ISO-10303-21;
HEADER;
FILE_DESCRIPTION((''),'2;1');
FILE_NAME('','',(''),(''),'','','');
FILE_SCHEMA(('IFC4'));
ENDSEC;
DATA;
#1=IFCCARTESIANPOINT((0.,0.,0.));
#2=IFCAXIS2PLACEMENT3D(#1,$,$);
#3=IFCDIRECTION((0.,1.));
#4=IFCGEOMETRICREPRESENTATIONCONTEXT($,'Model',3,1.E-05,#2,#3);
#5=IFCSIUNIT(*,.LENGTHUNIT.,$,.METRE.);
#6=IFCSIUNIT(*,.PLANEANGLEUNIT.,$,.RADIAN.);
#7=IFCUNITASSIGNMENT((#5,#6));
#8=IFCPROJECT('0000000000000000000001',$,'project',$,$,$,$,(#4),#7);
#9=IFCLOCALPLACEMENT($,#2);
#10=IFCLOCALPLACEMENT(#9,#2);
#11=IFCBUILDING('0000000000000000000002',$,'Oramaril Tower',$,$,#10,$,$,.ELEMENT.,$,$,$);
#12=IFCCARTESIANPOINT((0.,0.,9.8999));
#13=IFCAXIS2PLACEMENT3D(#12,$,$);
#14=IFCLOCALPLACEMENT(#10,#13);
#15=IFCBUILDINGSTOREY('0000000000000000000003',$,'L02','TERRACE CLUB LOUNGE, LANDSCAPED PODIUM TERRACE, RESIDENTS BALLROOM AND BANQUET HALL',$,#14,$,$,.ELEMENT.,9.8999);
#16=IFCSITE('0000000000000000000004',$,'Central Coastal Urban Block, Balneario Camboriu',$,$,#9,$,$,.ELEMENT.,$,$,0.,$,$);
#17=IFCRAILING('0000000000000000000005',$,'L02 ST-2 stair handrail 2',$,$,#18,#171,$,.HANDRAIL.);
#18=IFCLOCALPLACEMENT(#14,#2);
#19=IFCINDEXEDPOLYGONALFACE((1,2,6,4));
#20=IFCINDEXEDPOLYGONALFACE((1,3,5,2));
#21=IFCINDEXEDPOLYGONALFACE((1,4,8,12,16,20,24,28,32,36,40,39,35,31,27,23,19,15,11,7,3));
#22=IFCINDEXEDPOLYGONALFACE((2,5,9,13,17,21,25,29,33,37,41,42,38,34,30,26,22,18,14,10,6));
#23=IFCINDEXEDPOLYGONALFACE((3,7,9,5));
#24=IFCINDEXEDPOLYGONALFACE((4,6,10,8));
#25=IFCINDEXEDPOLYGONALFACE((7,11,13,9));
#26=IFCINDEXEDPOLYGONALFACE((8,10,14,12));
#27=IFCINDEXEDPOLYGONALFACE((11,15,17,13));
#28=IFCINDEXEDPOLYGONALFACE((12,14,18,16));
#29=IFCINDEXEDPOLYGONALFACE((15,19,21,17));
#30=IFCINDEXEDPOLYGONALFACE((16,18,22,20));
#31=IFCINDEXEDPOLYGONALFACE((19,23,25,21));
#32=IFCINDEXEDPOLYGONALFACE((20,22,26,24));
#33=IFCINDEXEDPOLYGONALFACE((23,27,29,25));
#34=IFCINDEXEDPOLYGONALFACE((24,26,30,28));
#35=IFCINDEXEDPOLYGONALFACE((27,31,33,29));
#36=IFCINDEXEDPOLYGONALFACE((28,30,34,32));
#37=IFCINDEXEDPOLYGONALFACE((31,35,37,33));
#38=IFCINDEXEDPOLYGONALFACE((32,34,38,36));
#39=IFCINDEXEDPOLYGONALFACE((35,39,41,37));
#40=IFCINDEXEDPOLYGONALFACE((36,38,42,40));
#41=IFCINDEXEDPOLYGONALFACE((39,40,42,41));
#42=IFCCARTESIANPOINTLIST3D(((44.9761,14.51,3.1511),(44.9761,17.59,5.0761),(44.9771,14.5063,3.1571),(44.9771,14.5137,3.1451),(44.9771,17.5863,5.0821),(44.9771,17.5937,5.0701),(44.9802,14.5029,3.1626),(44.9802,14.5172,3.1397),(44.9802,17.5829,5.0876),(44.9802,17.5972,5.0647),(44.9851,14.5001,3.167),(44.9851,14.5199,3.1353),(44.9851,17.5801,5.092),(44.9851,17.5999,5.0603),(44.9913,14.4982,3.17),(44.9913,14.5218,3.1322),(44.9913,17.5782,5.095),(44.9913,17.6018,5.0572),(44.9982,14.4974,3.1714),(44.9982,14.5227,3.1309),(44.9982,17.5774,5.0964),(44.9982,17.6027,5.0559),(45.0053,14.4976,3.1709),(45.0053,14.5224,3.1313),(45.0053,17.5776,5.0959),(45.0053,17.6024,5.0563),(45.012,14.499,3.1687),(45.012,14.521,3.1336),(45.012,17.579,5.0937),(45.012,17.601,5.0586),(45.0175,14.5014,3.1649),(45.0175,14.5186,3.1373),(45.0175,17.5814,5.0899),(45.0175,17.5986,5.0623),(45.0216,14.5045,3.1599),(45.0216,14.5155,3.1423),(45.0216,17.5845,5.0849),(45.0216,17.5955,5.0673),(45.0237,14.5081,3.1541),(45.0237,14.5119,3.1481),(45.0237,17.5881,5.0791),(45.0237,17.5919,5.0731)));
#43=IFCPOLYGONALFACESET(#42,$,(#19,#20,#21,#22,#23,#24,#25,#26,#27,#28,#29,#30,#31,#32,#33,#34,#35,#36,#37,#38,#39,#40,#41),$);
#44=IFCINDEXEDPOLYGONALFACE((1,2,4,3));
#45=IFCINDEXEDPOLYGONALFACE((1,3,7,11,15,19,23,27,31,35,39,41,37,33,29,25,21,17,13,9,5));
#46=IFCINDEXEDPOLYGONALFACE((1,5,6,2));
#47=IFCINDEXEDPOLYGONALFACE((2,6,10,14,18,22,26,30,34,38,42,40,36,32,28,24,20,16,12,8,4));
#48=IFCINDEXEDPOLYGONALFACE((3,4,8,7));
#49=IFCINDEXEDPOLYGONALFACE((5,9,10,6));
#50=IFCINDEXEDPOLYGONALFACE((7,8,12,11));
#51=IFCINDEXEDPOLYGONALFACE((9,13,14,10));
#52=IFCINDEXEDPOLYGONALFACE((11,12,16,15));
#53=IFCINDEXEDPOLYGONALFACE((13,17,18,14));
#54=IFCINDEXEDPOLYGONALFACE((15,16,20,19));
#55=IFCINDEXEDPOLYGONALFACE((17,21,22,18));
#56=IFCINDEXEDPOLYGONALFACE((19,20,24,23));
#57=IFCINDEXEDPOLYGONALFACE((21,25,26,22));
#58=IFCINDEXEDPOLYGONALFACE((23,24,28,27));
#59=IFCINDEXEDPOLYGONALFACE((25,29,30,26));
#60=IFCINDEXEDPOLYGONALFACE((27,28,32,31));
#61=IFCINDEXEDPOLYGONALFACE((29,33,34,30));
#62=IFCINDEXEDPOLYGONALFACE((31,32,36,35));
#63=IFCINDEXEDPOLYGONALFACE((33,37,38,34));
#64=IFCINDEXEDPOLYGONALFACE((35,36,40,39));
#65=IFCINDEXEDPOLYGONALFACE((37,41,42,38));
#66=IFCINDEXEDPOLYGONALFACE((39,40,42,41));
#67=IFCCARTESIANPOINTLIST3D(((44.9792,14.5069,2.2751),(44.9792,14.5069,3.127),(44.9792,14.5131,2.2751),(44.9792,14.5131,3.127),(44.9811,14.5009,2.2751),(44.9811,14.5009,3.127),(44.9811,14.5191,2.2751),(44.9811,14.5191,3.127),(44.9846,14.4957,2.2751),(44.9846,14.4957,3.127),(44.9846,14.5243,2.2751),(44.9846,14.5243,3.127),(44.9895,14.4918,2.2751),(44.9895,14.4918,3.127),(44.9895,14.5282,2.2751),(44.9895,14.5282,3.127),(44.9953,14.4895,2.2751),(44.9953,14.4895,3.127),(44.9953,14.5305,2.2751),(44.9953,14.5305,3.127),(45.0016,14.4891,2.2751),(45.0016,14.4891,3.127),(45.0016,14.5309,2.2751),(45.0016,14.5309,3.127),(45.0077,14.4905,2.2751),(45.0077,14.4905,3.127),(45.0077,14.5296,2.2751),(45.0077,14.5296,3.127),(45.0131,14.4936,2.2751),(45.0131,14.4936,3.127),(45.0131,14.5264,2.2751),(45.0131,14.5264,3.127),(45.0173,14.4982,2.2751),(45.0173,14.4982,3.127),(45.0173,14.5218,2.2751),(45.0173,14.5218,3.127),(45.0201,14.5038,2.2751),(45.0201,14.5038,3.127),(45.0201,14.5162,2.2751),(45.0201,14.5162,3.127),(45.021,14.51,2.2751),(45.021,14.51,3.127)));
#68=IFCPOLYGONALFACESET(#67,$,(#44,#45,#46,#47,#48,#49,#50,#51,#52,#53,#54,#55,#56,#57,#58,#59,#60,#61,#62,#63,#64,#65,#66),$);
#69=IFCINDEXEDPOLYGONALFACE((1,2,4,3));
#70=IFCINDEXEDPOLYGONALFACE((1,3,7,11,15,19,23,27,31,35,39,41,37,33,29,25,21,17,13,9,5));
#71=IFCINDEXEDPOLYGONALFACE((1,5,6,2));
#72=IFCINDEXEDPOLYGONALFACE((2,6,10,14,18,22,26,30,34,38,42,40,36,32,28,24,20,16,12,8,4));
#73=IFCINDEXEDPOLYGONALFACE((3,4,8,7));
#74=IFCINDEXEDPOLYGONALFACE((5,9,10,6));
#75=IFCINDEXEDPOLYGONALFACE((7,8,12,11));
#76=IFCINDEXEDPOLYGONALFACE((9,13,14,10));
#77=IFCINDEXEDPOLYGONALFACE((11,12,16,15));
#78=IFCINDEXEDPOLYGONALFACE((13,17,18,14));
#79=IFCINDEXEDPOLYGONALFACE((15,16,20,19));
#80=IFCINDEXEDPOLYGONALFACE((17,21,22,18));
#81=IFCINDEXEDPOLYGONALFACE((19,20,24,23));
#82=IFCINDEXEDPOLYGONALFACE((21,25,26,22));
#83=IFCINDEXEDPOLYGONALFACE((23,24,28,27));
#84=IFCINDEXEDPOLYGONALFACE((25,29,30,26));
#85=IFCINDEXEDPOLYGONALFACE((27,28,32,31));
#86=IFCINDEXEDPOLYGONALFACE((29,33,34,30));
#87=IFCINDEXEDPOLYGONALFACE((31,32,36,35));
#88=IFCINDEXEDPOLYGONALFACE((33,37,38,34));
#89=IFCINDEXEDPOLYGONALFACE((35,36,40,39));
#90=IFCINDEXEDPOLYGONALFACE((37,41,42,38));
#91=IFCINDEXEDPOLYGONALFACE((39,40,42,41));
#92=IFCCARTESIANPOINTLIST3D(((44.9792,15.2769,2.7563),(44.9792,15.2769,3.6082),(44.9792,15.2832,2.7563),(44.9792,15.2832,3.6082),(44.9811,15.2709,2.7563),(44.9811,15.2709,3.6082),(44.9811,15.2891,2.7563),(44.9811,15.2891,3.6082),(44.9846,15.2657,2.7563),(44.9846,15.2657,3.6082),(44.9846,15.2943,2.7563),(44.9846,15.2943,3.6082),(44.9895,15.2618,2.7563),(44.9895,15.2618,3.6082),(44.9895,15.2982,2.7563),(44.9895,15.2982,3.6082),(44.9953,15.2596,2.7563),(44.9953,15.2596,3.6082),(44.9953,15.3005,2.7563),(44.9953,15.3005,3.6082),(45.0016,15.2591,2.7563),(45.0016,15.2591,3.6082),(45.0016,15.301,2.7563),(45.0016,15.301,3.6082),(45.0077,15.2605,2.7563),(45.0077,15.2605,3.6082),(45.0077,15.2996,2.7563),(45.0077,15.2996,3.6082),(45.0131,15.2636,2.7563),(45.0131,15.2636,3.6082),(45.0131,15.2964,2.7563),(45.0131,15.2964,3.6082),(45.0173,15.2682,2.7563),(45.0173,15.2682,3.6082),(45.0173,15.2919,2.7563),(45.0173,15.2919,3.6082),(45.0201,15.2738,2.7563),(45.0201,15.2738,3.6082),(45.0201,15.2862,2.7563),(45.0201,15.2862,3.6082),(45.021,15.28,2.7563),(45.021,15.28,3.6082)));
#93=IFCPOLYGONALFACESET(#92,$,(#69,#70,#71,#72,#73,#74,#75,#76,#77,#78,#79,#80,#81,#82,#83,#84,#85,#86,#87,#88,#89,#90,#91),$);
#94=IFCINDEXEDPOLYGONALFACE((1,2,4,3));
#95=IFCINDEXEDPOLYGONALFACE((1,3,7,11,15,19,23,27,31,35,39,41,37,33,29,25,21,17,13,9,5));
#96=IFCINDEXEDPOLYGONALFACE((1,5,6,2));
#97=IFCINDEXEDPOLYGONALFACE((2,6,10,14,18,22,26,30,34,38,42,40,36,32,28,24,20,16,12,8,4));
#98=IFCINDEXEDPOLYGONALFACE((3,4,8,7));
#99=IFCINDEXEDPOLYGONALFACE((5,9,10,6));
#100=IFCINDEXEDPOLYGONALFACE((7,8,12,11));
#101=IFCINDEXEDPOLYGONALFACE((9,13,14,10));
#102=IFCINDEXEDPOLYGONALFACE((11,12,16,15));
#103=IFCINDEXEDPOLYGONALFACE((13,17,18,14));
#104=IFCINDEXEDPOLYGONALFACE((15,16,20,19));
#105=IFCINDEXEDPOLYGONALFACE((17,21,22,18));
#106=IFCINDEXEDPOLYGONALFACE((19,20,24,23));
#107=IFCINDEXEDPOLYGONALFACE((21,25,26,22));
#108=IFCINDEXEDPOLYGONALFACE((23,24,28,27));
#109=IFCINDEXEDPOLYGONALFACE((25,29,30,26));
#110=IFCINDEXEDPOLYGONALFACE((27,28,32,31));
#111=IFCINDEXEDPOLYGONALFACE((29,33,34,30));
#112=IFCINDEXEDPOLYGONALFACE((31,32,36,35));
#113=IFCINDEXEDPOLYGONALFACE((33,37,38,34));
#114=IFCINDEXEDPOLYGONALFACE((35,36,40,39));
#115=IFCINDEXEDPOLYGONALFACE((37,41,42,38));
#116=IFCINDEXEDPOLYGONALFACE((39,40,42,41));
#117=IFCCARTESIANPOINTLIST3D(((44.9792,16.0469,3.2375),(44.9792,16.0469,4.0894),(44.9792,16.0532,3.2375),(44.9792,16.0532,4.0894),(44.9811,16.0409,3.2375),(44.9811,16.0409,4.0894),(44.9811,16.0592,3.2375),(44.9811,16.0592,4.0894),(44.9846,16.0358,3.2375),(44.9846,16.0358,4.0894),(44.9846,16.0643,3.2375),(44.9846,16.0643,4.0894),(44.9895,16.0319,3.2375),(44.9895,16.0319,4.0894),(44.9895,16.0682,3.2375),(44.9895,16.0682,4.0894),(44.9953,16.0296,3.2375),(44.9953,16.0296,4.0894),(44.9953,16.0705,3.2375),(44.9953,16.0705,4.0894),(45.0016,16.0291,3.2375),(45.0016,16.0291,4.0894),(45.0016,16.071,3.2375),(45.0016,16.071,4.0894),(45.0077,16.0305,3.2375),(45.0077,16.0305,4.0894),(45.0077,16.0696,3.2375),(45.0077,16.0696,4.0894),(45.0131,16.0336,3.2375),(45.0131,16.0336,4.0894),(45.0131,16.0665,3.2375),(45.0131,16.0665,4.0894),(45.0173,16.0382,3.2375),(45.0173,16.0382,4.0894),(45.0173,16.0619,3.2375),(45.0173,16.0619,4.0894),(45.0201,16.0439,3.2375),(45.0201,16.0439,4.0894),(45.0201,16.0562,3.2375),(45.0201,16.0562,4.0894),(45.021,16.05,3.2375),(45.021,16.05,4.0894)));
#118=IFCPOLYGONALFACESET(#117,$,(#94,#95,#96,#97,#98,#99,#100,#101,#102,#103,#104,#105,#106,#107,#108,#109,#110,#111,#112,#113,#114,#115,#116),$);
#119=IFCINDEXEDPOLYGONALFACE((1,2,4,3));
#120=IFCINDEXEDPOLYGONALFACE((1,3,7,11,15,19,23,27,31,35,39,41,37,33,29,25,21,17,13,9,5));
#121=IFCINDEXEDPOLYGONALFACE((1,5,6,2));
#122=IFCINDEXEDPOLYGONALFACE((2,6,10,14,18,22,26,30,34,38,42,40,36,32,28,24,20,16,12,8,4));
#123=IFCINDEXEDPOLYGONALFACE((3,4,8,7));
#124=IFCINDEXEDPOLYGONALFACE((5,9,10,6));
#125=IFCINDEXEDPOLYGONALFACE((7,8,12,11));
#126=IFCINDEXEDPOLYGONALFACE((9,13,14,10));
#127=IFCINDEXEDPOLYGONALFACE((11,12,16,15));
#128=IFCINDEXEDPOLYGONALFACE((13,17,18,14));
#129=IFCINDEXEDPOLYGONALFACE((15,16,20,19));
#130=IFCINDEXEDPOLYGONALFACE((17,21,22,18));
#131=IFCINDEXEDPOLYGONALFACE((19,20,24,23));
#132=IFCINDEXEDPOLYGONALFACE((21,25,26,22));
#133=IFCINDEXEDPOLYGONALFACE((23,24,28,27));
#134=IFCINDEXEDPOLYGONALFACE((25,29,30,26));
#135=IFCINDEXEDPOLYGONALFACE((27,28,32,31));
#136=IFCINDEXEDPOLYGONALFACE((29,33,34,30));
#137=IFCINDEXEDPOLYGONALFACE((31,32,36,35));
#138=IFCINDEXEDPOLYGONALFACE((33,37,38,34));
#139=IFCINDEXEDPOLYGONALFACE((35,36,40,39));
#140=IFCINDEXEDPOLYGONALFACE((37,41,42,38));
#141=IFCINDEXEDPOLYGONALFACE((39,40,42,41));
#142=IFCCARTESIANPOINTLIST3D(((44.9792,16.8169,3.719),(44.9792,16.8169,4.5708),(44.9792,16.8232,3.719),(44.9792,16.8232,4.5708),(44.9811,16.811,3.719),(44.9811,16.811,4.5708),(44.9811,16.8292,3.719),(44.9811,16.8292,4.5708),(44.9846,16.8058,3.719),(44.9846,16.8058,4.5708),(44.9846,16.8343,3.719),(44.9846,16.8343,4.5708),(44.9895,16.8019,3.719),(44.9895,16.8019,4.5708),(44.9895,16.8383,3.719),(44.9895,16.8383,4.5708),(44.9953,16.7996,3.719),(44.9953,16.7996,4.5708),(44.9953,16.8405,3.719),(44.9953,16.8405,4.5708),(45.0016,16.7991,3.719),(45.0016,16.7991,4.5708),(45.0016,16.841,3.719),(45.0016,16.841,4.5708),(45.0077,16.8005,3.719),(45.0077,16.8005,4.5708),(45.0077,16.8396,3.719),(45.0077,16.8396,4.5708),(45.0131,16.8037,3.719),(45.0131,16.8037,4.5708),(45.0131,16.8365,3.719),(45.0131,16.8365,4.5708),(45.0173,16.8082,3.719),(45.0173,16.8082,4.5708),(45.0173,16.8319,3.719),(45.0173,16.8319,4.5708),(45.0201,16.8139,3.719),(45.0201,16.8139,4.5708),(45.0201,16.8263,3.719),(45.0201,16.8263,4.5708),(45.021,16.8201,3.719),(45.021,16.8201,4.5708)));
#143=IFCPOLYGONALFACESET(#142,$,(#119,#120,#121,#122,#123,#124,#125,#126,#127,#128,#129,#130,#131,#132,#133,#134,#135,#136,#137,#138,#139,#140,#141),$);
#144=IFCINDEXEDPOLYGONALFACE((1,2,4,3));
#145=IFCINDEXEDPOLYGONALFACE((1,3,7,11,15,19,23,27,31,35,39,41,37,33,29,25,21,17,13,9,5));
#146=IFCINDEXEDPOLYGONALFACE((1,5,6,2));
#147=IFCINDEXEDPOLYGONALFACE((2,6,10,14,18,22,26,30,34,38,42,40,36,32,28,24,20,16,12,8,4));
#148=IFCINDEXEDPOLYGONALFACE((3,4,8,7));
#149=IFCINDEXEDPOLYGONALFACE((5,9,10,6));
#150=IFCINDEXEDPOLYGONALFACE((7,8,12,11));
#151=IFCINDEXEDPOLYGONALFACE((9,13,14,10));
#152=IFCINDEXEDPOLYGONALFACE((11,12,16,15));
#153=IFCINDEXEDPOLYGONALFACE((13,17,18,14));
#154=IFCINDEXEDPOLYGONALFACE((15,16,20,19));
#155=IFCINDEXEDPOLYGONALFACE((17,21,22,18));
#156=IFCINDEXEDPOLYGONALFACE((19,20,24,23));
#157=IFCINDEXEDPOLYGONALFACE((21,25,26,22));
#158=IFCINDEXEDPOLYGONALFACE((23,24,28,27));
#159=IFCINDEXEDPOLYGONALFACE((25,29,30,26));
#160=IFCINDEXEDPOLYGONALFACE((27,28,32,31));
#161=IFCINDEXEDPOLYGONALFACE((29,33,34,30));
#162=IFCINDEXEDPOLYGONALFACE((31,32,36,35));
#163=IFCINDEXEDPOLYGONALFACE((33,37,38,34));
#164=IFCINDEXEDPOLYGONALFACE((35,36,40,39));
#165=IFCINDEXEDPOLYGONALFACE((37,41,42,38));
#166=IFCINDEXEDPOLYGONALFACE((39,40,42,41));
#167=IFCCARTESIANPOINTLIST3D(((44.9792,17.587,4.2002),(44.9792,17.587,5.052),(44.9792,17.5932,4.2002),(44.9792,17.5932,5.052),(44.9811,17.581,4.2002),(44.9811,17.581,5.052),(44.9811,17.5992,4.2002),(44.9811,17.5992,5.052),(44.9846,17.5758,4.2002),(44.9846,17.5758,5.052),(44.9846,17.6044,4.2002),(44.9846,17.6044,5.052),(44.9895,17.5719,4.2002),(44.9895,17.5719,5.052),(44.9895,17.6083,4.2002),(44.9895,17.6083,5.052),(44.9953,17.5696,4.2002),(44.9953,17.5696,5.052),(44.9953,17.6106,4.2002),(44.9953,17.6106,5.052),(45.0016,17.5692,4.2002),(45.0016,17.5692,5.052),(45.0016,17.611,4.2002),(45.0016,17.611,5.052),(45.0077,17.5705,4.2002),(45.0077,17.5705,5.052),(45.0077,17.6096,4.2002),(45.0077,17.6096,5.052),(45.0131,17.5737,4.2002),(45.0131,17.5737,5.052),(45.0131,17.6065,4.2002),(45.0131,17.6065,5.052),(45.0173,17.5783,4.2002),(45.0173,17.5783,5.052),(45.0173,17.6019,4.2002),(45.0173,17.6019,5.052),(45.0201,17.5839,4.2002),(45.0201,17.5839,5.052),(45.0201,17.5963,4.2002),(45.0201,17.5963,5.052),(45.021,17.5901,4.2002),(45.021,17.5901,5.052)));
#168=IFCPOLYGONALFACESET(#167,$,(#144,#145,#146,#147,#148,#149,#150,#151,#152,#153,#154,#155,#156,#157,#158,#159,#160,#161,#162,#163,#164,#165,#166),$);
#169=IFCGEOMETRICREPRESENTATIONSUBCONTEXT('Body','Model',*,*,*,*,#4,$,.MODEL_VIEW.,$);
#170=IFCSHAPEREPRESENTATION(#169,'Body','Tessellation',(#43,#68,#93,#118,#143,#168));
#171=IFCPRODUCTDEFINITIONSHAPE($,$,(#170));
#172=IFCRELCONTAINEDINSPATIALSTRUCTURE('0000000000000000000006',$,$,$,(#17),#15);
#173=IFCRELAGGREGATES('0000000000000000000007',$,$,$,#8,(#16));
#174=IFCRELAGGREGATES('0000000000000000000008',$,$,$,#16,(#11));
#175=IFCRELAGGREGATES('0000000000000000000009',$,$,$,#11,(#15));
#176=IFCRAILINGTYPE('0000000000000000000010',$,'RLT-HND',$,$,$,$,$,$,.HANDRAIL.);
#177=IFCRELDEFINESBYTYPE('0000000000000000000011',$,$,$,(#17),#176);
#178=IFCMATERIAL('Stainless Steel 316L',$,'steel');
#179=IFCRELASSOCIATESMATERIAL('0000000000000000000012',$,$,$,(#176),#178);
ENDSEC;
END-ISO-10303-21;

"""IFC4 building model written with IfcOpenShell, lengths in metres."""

from ifc_helpers import new_model, si_unit, direction, frame, origin, origin_2d, place, context, subcontext, project, spatial, circle, extrude, material, type_object, element, save


model = new_model("IFC4")

# Units and contexts
model_context = context("Model", 3, precision=1e-05, world=origin(), true_north=direction((0.0, 1.0)))
body_context = subcontext(model_context, "Body", "Model", "MODEL_VIEW")
ifc_project = project(units=[si_unit("LENGTHUNIT", "METRE"), si_unit("PLANEANGLEUNIT", "RADIAN")], contexts=[model_context])

# Site, building, storey
site_placement = place(None, origin())
site = spatial("IfcSite", under=ifc_project, at=site_placement, Name="Central Coastal Urban Block, Balneario Camboriu", CompositionType="ELEMENT", RefElevation=0.0)
building_placement = place(site_placement, origin())
building = spatial("IfcBuilding", under=site, at=building_placement, Name="Oramaril Tower", CompositionType="ELEMENT")
storey_placement = place(building_placement, frame((0.0, 0.0, 9.8999)))
storey = spatial("IfcBuildingStorey", under=building, at=storey_placement, Name="L02", Description="TERRACE CLUB LOUNGE, LANDSCAPED PODIUM TERRACE, RESIDENTS BALLROOM AND BANQUET HALL", CompositionType="ELEMENT", Elevation=9.8999)

# Railing
ifc_material_1 = material(Name="Stainless Steel 316L", Category="steel")
railing_type_1 = type_object("IfcRailingType", Name="RLT-HND", PredefinedType="HANDRAIL", material=ifc_material_1)
railing_1_placement = place(storey_placement, frame((45.0, 14.51, 2.2751)))
element("IfcRailing", 1, at=railing_1_placement, inside=storey, type_object=railing_type_1, Name="L02 ST-2 stair handrail 2", PredefinedType="HANDRAIL", context=body_context, shape_type="SweptSolid", body=[
    extrude(circle(Radius=0.0239, at=origin_2d()), frame((0.0, 0.0, 0.876), z_axis=(0.0, 0.847998, 0.529999), x_axis=(-1.0, 0.0, 0.0)), (0.0, 0.0, 1.0), 3.6321),
    extrude(circle(Radius=0.021, at=origin_2d()), origin(), (0.0, 0.0, 1.0), 0.8518),
    extrude(circle(Radius=0.021, at=origin_2d()), frame((0.0, 0.77, 0.4812)), (0.0, 0.0, 1.0), 0.8518),
    extrude(circle(Radius=0.021, at=origin_2d()), frame((0.0, 1.54, 0.9624)), (0.0, 0.0, 1.0), 0.8518),
    extrude(circle(Radius=0.021, at=origin_2d()), frame((0.0, 2.3101, 1.4438)), (0.0, 0.0, 1.0), 0.8518),
    extrude(circle(Radius=0.021, at=origin_2d()), frame((0.0, 3.0801, 1.925)), (0.0, 0.0, 1.0), 0.8518),
])

save(model, "model.ifc")
